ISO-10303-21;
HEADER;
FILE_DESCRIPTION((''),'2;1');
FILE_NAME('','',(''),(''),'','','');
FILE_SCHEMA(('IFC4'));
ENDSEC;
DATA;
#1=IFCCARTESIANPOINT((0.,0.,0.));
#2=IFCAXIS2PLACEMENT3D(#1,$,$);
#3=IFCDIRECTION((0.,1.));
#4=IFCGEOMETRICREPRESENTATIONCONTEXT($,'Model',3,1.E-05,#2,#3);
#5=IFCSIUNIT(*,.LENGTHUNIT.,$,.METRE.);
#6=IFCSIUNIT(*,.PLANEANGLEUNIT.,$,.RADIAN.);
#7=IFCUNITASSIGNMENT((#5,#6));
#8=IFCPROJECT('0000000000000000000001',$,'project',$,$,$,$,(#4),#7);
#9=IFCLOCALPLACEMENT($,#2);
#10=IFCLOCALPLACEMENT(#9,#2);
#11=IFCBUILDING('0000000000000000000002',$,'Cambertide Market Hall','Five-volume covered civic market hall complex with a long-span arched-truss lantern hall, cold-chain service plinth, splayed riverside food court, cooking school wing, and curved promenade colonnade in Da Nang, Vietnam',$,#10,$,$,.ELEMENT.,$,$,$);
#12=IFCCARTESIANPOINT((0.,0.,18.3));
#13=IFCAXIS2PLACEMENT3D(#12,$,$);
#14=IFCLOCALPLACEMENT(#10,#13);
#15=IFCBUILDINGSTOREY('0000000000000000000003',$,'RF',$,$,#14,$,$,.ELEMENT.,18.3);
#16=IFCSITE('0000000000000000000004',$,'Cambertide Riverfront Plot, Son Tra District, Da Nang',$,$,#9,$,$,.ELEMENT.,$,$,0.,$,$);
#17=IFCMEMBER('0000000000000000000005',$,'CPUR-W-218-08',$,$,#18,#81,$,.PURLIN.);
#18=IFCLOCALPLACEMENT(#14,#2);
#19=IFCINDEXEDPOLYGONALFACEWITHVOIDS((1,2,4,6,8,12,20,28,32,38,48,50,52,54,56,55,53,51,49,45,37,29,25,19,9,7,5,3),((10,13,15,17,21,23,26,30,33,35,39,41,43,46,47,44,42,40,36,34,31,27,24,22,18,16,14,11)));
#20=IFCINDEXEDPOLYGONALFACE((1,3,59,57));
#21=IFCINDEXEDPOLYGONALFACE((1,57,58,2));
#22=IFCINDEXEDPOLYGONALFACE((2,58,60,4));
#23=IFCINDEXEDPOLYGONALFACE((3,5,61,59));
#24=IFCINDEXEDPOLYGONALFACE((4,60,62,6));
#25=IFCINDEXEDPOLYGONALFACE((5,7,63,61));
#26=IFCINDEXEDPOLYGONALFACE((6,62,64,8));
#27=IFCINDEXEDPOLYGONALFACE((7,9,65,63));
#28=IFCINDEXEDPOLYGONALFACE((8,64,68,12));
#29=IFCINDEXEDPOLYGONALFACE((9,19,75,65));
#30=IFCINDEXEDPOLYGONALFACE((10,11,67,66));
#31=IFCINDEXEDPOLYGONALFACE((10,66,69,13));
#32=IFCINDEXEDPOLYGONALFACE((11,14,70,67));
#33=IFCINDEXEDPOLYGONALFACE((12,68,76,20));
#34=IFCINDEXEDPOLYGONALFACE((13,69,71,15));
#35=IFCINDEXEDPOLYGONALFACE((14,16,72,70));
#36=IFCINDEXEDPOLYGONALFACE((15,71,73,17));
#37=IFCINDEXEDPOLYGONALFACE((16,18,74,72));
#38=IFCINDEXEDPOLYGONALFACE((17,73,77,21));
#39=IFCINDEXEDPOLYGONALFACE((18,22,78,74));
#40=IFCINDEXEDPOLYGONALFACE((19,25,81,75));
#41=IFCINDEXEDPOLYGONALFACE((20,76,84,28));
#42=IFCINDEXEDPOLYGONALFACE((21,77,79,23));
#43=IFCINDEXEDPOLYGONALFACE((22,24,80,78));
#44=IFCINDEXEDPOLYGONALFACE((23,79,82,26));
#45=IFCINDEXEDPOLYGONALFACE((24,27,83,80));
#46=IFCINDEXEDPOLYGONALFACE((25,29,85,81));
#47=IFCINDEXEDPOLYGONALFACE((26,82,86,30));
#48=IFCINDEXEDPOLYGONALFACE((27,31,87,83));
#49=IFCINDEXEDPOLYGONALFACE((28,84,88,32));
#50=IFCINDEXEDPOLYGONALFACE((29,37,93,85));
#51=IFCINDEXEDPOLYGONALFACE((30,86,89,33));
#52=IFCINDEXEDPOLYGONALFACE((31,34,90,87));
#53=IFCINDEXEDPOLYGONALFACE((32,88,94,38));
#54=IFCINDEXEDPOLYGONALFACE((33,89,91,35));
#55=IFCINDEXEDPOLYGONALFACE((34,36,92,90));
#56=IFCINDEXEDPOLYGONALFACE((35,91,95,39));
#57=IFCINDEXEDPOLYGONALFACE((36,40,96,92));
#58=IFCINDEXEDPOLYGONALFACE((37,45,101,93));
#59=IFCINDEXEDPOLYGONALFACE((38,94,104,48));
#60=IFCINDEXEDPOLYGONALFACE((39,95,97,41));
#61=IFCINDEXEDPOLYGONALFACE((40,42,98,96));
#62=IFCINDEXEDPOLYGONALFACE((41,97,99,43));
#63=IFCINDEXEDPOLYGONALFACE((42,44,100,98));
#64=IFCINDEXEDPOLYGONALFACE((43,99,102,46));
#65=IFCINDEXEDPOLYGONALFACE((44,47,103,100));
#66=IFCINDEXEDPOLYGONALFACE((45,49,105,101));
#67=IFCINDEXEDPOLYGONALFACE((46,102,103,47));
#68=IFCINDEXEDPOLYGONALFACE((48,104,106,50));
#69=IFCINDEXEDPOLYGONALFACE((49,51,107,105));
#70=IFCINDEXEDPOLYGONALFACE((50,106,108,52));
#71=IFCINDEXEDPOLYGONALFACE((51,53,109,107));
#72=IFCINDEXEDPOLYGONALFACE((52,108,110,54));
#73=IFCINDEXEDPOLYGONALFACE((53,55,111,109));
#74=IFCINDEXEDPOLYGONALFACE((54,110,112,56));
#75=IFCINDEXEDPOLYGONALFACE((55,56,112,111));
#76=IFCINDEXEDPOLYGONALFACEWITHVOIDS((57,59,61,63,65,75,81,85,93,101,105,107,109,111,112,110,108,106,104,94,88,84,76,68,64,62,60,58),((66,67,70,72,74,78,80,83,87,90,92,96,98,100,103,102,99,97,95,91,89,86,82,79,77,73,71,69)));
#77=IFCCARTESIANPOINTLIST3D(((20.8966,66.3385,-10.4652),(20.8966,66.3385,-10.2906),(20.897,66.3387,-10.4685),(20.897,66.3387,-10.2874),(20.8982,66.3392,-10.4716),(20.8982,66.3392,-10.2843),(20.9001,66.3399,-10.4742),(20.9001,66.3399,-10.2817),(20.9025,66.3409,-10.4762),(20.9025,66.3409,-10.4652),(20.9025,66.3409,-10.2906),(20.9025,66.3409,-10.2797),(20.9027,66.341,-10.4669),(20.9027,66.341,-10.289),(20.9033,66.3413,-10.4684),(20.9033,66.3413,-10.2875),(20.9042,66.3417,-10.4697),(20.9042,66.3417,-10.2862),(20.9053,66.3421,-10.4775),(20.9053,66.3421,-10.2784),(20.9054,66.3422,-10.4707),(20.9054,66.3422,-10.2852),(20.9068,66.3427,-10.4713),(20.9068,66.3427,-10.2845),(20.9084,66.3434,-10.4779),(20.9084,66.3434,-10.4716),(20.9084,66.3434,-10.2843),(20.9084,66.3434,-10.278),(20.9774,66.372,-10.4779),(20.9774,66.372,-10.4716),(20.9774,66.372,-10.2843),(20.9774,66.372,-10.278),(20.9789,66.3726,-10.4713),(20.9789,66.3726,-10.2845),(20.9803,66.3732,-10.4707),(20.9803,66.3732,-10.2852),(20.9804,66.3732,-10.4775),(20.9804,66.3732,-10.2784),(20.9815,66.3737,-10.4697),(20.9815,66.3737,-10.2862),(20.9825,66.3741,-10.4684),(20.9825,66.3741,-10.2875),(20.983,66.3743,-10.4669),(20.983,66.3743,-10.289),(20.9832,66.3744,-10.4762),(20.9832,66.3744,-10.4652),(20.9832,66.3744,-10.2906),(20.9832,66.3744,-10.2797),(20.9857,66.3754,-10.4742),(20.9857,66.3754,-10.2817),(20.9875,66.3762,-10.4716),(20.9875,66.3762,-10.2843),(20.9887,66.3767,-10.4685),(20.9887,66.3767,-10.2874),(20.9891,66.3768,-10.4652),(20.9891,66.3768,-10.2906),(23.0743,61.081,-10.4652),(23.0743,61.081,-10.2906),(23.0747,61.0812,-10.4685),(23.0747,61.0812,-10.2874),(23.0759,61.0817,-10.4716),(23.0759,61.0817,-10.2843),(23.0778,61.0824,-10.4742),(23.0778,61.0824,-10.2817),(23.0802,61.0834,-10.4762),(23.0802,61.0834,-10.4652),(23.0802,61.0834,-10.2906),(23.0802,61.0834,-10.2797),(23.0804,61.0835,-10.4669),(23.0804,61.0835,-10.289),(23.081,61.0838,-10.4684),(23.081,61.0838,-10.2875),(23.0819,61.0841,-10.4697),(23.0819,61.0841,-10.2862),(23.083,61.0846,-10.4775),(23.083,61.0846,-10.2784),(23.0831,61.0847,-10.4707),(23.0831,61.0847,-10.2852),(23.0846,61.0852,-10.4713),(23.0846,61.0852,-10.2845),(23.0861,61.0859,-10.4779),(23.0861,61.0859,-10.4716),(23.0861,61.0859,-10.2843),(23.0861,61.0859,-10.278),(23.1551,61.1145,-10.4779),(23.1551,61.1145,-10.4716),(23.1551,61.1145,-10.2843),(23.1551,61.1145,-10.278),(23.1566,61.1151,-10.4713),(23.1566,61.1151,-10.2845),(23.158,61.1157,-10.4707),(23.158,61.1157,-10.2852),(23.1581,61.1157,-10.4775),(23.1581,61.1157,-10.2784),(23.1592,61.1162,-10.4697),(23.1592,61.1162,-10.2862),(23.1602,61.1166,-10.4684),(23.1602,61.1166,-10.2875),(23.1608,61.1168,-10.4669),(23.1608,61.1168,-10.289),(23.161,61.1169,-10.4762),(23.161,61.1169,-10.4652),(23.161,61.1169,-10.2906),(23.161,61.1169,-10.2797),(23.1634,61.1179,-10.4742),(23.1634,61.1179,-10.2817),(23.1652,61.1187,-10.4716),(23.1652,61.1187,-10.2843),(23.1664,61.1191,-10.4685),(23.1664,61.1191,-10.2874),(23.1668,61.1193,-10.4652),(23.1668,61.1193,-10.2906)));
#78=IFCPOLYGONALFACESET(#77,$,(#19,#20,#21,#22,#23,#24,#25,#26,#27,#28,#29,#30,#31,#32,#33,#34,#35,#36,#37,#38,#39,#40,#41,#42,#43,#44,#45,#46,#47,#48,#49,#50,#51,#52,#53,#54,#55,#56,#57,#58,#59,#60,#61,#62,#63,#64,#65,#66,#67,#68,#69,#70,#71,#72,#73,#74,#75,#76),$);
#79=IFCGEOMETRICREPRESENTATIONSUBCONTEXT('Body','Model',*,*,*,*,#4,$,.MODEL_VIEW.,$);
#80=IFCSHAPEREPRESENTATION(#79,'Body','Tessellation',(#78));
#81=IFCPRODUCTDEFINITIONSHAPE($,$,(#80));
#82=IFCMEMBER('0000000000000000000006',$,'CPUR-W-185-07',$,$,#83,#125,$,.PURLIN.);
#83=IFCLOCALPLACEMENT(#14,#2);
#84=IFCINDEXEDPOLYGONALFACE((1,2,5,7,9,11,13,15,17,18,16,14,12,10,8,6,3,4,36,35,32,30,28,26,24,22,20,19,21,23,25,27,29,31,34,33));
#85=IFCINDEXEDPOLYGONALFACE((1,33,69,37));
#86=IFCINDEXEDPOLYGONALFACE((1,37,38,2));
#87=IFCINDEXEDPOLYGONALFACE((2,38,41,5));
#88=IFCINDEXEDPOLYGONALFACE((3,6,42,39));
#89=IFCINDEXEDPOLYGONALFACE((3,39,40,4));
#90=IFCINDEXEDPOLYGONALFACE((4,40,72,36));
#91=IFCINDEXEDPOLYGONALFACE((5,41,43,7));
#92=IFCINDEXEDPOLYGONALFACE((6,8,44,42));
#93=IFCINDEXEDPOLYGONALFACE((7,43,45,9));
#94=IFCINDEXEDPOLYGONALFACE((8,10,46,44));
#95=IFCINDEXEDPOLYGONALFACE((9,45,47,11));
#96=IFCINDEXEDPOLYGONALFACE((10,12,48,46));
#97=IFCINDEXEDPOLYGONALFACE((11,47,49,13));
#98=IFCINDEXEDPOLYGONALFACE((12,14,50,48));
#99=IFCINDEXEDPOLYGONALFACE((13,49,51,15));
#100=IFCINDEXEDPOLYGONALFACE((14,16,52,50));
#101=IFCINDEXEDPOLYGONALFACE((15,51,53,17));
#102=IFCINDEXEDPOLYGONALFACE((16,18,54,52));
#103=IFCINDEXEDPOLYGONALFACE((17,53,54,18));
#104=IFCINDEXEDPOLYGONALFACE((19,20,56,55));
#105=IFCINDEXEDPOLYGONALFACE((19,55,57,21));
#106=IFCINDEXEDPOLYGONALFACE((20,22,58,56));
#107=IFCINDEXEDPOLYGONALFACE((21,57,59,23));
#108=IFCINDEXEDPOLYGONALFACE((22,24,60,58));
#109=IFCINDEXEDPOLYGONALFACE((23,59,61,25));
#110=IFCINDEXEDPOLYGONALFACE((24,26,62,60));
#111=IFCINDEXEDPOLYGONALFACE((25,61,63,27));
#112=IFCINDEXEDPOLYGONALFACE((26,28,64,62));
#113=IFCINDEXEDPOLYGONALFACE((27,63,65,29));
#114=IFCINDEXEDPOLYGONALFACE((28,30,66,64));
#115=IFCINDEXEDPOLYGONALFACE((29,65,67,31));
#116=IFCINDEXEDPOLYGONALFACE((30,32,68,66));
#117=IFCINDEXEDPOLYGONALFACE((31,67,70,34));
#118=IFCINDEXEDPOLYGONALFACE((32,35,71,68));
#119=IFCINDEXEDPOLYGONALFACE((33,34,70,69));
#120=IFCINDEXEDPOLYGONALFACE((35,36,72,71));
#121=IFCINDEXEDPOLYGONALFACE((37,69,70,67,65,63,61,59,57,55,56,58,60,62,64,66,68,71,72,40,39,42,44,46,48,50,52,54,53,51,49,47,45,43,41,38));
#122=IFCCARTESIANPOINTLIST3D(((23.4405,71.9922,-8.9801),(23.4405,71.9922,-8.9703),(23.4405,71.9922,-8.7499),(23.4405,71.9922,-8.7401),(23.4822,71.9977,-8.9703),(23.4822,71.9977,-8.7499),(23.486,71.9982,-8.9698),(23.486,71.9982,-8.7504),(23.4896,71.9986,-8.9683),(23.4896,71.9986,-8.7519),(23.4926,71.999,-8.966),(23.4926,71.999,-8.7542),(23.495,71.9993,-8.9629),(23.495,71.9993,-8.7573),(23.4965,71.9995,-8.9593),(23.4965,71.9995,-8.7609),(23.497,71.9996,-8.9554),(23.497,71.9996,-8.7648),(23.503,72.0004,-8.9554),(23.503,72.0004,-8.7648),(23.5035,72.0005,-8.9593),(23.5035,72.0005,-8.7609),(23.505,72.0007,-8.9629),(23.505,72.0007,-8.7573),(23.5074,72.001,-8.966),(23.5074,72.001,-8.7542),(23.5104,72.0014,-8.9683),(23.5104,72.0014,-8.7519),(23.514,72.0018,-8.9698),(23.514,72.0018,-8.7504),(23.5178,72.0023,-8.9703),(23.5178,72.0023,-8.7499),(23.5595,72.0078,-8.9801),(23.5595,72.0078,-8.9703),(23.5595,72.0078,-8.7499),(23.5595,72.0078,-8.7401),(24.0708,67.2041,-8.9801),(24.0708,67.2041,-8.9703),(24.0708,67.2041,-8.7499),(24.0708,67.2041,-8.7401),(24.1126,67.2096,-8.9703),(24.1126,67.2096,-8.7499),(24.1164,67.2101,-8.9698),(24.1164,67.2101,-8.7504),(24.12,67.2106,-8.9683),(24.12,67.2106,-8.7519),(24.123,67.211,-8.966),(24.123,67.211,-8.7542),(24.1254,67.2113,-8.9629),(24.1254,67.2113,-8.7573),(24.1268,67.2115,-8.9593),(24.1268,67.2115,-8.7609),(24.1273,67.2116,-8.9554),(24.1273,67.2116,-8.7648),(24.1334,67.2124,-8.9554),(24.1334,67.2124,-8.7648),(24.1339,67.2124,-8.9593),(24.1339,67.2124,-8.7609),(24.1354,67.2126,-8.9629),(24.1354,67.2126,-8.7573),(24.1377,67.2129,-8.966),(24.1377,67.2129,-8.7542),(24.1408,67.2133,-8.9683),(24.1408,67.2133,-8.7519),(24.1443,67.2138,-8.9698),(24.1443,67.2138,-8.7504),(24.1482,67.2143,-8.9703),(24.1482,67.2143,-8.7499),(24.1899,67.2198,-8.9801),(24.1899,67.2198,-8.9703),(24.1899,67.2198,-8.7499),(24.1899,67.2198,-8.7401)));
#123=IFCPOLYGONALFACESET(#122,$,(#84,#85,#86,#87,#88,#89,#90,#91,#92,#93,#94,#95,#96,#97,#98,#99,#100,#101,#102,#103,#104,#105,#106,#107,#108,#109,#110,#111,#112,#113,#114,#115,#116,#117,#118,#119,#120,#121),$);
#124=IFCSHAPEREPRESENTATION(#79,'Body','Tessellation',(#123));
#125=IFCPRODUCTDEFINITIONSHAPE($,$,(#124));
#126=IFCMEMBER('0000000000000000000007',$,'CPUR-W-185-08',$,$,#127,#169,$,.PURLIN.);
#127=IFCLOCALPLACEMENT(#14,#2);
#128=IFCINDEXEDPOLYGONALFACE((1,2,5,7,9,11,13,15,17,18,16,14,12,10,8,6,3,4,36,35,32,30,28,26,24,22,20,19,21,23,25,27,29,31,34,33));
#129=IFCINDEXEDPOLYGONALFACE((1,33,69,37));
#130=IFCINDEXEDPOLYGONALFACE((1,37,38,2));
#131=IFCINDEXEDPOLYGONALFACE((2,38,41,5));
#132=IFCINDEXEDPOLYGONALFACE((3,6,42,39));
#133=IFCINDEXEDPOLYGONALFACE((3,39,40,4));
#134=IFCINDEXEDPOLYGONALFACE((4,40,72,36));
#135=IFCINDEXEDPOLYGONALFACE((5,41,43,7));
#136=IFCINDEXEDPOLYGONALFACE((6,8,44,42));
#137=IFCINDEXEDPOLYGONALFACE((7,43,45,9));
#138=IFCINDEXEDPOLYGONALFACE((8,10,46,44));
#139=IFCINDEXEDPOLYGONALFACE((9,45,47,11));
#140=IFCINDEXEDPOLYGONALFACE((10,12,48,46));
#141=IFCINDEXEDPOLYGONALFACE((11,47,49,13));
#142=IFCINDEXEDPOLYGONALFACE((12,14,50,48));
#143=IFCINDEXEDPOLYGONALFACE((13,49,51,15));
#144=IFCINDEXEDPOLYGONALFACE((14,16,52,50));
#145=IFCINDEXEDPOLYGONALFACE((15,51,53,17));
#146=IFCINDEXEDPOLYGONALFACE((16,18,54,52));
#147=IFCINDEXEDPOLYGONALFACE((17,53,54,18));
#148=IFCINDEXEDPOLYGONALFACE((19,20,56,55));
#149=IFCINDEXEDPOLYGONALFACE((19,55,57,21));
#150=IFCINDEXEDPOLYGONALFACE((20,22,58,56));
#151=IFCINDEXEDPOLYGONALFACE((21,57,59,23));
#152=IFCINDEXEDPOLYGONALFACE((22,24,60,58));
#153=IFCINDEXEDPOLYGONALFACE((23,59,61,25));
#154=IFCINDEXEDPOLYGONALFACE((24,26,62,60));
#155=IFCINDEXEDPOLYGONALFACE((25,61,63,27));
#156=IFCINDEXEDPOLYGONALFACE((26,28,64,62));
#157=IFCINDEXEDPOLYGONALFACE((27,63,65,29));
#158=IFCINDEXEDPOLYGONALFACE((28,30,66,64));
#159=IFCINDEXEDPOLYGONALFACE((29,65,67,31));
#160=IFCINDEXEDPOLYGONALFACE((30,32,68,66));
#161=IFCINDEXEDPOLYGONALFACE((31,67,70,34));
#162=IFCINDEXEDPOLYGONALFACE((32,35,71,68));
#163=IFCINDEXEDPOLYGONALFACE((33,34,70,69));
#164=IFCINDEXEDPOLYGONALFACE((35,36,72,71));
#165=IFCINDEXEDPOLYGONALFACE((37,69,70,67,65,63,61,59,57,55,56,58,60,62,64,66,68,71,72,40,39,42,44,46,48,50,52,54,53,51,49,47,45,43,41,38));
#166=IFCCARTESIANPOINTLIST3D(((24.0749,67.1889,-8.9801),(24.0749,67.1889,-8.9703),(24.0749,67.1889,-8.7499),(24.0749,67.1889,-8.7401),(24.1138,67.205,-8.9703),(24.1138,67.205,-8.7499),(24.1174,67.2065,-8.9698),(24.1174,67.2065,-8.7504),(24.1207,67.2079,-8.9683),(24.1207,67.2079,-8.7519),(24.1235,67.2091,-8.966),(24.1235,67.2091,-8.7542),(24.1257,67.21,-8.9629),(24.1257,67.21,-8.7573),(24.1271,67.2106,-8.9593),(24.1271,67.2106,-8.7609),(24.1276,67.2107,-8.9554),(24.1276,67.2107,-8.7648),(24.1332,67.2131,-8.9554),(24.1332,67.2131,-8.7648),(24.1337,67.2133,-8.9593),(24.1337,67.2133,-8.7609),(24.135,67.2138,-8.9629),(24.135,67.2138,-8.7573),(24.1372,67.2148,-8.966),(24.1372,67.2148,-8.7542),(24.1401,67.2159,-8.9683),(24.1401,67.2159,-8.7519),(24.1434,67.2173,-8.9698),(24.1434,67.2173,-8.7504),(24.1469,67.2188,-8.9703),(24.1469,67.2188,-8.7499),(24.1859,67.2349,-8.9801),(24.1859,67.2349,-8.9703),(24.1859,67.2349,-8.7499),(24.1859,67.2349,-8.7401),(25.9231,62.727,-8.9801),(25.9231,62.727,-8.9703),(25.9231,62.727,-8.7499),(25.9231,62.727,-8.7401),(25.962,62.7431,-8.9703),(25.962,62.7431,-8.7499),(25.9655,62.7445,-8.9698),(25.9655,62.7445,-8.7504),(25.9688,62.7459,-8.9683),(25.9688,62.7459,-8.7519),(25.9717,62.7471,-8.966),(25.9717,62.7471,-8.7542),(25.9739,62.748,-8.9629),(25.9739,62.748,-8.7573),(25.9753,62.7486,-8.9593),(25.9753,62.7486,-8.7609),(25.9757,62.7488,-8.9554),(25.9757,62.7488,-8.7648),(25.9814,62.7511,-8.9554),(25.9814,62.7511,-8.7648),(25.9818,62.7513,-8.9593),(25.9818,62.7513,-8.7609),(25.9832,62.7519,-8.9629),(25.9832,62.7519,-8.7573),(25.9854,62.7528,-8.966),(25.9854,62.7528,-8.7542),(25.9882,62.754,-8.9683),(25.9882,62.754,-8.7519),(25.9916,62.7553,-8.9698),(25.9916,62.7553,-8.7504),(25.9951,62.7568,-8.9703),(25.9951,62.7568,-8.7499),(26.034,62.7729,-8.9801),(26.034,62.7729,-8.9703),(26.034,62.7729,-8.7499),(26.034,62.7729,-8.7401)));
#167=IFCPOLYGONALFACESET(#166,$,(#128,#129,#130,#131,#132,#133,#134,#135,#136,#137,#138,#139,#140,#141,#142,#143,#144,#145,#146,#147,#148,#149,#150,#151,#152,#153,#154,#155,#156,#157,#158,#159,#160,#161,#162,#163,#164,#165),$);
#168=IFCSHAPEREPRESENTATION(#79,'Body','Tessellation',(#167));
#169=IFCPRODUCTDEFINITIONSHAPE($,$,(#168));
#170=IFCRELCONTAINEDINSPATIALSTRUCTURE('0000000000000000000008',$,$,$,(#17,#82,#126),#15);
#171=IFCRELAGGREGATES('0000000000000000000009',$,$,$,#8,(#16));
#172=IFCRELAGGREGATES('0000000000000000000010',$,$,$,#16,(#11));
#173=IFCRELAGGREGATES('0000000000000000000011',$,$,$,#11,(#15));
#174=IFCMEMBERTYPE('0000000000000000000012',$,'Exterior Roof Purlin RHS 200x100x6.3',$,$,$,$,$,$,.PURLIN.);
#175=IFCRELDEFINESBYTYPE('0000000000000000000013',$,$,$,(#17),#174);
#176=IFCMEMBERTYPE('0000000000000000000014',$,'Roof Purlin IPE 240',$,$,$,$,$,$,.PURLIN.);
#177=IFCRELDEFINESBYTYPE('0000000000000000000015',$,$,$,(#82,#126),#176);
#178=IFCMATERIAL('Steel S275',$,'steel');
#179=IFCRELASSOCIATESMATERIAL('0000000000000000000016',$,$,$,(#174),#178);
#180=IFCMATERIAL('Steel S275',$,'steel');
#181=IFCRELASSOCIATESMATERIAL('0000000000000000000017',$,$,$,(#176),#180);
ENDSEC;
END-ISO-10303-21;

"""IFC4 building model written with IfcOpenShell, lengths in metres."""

from ifc_helpers import new_model, si_unit, direction, frame, origin, origin_2d, place, context, subcontext, project, spatial, hollow_rectangle, i_section, extrude, material, material_profile, profile_set, type_object, element, save


model = new_model("IFC4")

# Units and contexts
model_context = context("Model", 3, precision=1e-05, world=origin(), true_north=direction((0.0, 1.0)))
body_context = subcontext(model_context, "Body", "Model", "MODEL_VIEW")
ifc_project = project(units=[si_unit("LENGTHUNIT", "METRE"), si_unit("PLANEANGLEUNIT", "RADIAN")], contexts=[model_context])

# Site, building, storey
site_placement = place(None, origin())
site = spatial("IfcSite", under=ifc_project, at=site_placement, Name="Cambertide Riverfront Plot, Son Tra District, Da Nang", CompositionType="ELEMENT", RefElevation=0.0)
building_placement = place(site_placement, origin())
building = spatial("IfcBuilding", under=site, at=building_placement, Name="Cambertide Market Hall", Description="Five-volume covered civic market hall complex with a long-span arched-truss lantern hall, cold-chain service plinth, splayed riverside food court, cooking school wing, and curved promenade colonnade in Da Nang, Vietnam", CompositionType="ELEMENT")
storey_placement = place(building_placement, frame((0.0, 0.0, 18.3)))
storey = spatial("IfcBuildingStorey", under=building, at=storey_placement, Name="RF", CompositionType="ELEMENT", Elevation=18.3)

# Members
ifc_material_1 = material(Name="Steel S275", Category="steel")
ifc_material_profile_1 = material_profile(ifc_material_1, hollow_rectangle(XDim=0.1001, YDim=0.2, WallThickness=0.0063, InnerFilletRadius=0.0063, OuterFilletRadius=0.0127, at=origin_2d()), Name="RHS 200x100x6.3")
ifc_profile_set_1 = profile_set([ifc_material_profile_1], Name="Steel S275")
member_type_1 = type_object("IfcMemberType", Name="Exterior Roof Purlin RHS 200x100x6.3", PredefinedType="PURLIN", material=ifc_profile_set_1)
member_1_placement = place(storey_placement, frame((20.9429, 66.3577, -10.3779), z_axis=(0.38268, -0.923881, 0.0), x_axis=(0.923881, 0.38268, 0.0)))
element("IfcMember", 1, at=member_1_placement, inside=storey, type_object=member_type_1, Name="CPUR-W-218-08", PredefinedType="PURLIN", context=body_context, shape_type="SweptSolid", body=[
    extrude(hollow_rectangle(XDim=0.1001, YDim=0.2, WallThickness=0.0063, InnerFilletRadius=0.0063, OuterFilletRadius=0.0127, at=origin_2d()), origin(), (0.0, 0.0, 1.0), 5.6907),
])
ifc_material_2 = material(Name="Steel S275", Category="steel")
ifc_material_profile_2 = material_profile(ifc_material_2, i_section(OverallWidth=0.1201, OverallDepth=0.24, WebThickness=0.0061, FlangeThickness=0.0098, FilletRadius=0.0149, at=origin_2d()), Name="IPE 240")
ifc_profile_set_2 = profile_set([ifc_material_profile_2], Name="Steel S275")
member_type_2 = type_object("IfcMemberType", Name="Roof Purlin IPE 240", PredefinedType="PURLIN", material=ifc_profile_set_2)
member_2_placement = place(storey_placement, frame((23.5, 72.0, -8.8601), z_axis=(0.130528, -0.991445, 0.0), x_axis=(0.991445, 0.130528, 0.0)))
element("IfcMember", 2, at=member_2_placement, inside=storey, type_object=member_type_2, Name="CPUR-W-185-07", PredefinedType="PURLIN", context=body_context, shape_type="SweptSolid", body=[
    extrude(i_section(OverallWidth=0.1201, OverallDepth=0.24, WebThickness=0.0061, FlangeThickness=0.0098, FilletRadius=0.0149, at=origin_2d()), origin(), (0.0, 0.0, 1.0), 4.8293),
])
member_3_placement = place(storey_placement, frame((24.1304, 67.2119, -8.8601), z_axis=(0.382676, -0.923883, 0.0), x_axis=(0.923883, 0.382676, 0.0)))
element("IfcMember", 3, at=member_3_placement, inside=storey, type_object=member_type_2, Name="CPUR-W-185-08", PredefinedType="PURLIN", context=body_context, shape_type="SweptSolid", body=[
    extrude(i_section(OverallWidth=0.1201, OverallDepth=0.24, WebThickness=0.0061, FlangeThickness=0.0098, FilletRadius=0.0149, at=origin_2d()), origin(), (0.0, 0.0, 1.0), 4.8296),
])

save(model, "model.ifc")
